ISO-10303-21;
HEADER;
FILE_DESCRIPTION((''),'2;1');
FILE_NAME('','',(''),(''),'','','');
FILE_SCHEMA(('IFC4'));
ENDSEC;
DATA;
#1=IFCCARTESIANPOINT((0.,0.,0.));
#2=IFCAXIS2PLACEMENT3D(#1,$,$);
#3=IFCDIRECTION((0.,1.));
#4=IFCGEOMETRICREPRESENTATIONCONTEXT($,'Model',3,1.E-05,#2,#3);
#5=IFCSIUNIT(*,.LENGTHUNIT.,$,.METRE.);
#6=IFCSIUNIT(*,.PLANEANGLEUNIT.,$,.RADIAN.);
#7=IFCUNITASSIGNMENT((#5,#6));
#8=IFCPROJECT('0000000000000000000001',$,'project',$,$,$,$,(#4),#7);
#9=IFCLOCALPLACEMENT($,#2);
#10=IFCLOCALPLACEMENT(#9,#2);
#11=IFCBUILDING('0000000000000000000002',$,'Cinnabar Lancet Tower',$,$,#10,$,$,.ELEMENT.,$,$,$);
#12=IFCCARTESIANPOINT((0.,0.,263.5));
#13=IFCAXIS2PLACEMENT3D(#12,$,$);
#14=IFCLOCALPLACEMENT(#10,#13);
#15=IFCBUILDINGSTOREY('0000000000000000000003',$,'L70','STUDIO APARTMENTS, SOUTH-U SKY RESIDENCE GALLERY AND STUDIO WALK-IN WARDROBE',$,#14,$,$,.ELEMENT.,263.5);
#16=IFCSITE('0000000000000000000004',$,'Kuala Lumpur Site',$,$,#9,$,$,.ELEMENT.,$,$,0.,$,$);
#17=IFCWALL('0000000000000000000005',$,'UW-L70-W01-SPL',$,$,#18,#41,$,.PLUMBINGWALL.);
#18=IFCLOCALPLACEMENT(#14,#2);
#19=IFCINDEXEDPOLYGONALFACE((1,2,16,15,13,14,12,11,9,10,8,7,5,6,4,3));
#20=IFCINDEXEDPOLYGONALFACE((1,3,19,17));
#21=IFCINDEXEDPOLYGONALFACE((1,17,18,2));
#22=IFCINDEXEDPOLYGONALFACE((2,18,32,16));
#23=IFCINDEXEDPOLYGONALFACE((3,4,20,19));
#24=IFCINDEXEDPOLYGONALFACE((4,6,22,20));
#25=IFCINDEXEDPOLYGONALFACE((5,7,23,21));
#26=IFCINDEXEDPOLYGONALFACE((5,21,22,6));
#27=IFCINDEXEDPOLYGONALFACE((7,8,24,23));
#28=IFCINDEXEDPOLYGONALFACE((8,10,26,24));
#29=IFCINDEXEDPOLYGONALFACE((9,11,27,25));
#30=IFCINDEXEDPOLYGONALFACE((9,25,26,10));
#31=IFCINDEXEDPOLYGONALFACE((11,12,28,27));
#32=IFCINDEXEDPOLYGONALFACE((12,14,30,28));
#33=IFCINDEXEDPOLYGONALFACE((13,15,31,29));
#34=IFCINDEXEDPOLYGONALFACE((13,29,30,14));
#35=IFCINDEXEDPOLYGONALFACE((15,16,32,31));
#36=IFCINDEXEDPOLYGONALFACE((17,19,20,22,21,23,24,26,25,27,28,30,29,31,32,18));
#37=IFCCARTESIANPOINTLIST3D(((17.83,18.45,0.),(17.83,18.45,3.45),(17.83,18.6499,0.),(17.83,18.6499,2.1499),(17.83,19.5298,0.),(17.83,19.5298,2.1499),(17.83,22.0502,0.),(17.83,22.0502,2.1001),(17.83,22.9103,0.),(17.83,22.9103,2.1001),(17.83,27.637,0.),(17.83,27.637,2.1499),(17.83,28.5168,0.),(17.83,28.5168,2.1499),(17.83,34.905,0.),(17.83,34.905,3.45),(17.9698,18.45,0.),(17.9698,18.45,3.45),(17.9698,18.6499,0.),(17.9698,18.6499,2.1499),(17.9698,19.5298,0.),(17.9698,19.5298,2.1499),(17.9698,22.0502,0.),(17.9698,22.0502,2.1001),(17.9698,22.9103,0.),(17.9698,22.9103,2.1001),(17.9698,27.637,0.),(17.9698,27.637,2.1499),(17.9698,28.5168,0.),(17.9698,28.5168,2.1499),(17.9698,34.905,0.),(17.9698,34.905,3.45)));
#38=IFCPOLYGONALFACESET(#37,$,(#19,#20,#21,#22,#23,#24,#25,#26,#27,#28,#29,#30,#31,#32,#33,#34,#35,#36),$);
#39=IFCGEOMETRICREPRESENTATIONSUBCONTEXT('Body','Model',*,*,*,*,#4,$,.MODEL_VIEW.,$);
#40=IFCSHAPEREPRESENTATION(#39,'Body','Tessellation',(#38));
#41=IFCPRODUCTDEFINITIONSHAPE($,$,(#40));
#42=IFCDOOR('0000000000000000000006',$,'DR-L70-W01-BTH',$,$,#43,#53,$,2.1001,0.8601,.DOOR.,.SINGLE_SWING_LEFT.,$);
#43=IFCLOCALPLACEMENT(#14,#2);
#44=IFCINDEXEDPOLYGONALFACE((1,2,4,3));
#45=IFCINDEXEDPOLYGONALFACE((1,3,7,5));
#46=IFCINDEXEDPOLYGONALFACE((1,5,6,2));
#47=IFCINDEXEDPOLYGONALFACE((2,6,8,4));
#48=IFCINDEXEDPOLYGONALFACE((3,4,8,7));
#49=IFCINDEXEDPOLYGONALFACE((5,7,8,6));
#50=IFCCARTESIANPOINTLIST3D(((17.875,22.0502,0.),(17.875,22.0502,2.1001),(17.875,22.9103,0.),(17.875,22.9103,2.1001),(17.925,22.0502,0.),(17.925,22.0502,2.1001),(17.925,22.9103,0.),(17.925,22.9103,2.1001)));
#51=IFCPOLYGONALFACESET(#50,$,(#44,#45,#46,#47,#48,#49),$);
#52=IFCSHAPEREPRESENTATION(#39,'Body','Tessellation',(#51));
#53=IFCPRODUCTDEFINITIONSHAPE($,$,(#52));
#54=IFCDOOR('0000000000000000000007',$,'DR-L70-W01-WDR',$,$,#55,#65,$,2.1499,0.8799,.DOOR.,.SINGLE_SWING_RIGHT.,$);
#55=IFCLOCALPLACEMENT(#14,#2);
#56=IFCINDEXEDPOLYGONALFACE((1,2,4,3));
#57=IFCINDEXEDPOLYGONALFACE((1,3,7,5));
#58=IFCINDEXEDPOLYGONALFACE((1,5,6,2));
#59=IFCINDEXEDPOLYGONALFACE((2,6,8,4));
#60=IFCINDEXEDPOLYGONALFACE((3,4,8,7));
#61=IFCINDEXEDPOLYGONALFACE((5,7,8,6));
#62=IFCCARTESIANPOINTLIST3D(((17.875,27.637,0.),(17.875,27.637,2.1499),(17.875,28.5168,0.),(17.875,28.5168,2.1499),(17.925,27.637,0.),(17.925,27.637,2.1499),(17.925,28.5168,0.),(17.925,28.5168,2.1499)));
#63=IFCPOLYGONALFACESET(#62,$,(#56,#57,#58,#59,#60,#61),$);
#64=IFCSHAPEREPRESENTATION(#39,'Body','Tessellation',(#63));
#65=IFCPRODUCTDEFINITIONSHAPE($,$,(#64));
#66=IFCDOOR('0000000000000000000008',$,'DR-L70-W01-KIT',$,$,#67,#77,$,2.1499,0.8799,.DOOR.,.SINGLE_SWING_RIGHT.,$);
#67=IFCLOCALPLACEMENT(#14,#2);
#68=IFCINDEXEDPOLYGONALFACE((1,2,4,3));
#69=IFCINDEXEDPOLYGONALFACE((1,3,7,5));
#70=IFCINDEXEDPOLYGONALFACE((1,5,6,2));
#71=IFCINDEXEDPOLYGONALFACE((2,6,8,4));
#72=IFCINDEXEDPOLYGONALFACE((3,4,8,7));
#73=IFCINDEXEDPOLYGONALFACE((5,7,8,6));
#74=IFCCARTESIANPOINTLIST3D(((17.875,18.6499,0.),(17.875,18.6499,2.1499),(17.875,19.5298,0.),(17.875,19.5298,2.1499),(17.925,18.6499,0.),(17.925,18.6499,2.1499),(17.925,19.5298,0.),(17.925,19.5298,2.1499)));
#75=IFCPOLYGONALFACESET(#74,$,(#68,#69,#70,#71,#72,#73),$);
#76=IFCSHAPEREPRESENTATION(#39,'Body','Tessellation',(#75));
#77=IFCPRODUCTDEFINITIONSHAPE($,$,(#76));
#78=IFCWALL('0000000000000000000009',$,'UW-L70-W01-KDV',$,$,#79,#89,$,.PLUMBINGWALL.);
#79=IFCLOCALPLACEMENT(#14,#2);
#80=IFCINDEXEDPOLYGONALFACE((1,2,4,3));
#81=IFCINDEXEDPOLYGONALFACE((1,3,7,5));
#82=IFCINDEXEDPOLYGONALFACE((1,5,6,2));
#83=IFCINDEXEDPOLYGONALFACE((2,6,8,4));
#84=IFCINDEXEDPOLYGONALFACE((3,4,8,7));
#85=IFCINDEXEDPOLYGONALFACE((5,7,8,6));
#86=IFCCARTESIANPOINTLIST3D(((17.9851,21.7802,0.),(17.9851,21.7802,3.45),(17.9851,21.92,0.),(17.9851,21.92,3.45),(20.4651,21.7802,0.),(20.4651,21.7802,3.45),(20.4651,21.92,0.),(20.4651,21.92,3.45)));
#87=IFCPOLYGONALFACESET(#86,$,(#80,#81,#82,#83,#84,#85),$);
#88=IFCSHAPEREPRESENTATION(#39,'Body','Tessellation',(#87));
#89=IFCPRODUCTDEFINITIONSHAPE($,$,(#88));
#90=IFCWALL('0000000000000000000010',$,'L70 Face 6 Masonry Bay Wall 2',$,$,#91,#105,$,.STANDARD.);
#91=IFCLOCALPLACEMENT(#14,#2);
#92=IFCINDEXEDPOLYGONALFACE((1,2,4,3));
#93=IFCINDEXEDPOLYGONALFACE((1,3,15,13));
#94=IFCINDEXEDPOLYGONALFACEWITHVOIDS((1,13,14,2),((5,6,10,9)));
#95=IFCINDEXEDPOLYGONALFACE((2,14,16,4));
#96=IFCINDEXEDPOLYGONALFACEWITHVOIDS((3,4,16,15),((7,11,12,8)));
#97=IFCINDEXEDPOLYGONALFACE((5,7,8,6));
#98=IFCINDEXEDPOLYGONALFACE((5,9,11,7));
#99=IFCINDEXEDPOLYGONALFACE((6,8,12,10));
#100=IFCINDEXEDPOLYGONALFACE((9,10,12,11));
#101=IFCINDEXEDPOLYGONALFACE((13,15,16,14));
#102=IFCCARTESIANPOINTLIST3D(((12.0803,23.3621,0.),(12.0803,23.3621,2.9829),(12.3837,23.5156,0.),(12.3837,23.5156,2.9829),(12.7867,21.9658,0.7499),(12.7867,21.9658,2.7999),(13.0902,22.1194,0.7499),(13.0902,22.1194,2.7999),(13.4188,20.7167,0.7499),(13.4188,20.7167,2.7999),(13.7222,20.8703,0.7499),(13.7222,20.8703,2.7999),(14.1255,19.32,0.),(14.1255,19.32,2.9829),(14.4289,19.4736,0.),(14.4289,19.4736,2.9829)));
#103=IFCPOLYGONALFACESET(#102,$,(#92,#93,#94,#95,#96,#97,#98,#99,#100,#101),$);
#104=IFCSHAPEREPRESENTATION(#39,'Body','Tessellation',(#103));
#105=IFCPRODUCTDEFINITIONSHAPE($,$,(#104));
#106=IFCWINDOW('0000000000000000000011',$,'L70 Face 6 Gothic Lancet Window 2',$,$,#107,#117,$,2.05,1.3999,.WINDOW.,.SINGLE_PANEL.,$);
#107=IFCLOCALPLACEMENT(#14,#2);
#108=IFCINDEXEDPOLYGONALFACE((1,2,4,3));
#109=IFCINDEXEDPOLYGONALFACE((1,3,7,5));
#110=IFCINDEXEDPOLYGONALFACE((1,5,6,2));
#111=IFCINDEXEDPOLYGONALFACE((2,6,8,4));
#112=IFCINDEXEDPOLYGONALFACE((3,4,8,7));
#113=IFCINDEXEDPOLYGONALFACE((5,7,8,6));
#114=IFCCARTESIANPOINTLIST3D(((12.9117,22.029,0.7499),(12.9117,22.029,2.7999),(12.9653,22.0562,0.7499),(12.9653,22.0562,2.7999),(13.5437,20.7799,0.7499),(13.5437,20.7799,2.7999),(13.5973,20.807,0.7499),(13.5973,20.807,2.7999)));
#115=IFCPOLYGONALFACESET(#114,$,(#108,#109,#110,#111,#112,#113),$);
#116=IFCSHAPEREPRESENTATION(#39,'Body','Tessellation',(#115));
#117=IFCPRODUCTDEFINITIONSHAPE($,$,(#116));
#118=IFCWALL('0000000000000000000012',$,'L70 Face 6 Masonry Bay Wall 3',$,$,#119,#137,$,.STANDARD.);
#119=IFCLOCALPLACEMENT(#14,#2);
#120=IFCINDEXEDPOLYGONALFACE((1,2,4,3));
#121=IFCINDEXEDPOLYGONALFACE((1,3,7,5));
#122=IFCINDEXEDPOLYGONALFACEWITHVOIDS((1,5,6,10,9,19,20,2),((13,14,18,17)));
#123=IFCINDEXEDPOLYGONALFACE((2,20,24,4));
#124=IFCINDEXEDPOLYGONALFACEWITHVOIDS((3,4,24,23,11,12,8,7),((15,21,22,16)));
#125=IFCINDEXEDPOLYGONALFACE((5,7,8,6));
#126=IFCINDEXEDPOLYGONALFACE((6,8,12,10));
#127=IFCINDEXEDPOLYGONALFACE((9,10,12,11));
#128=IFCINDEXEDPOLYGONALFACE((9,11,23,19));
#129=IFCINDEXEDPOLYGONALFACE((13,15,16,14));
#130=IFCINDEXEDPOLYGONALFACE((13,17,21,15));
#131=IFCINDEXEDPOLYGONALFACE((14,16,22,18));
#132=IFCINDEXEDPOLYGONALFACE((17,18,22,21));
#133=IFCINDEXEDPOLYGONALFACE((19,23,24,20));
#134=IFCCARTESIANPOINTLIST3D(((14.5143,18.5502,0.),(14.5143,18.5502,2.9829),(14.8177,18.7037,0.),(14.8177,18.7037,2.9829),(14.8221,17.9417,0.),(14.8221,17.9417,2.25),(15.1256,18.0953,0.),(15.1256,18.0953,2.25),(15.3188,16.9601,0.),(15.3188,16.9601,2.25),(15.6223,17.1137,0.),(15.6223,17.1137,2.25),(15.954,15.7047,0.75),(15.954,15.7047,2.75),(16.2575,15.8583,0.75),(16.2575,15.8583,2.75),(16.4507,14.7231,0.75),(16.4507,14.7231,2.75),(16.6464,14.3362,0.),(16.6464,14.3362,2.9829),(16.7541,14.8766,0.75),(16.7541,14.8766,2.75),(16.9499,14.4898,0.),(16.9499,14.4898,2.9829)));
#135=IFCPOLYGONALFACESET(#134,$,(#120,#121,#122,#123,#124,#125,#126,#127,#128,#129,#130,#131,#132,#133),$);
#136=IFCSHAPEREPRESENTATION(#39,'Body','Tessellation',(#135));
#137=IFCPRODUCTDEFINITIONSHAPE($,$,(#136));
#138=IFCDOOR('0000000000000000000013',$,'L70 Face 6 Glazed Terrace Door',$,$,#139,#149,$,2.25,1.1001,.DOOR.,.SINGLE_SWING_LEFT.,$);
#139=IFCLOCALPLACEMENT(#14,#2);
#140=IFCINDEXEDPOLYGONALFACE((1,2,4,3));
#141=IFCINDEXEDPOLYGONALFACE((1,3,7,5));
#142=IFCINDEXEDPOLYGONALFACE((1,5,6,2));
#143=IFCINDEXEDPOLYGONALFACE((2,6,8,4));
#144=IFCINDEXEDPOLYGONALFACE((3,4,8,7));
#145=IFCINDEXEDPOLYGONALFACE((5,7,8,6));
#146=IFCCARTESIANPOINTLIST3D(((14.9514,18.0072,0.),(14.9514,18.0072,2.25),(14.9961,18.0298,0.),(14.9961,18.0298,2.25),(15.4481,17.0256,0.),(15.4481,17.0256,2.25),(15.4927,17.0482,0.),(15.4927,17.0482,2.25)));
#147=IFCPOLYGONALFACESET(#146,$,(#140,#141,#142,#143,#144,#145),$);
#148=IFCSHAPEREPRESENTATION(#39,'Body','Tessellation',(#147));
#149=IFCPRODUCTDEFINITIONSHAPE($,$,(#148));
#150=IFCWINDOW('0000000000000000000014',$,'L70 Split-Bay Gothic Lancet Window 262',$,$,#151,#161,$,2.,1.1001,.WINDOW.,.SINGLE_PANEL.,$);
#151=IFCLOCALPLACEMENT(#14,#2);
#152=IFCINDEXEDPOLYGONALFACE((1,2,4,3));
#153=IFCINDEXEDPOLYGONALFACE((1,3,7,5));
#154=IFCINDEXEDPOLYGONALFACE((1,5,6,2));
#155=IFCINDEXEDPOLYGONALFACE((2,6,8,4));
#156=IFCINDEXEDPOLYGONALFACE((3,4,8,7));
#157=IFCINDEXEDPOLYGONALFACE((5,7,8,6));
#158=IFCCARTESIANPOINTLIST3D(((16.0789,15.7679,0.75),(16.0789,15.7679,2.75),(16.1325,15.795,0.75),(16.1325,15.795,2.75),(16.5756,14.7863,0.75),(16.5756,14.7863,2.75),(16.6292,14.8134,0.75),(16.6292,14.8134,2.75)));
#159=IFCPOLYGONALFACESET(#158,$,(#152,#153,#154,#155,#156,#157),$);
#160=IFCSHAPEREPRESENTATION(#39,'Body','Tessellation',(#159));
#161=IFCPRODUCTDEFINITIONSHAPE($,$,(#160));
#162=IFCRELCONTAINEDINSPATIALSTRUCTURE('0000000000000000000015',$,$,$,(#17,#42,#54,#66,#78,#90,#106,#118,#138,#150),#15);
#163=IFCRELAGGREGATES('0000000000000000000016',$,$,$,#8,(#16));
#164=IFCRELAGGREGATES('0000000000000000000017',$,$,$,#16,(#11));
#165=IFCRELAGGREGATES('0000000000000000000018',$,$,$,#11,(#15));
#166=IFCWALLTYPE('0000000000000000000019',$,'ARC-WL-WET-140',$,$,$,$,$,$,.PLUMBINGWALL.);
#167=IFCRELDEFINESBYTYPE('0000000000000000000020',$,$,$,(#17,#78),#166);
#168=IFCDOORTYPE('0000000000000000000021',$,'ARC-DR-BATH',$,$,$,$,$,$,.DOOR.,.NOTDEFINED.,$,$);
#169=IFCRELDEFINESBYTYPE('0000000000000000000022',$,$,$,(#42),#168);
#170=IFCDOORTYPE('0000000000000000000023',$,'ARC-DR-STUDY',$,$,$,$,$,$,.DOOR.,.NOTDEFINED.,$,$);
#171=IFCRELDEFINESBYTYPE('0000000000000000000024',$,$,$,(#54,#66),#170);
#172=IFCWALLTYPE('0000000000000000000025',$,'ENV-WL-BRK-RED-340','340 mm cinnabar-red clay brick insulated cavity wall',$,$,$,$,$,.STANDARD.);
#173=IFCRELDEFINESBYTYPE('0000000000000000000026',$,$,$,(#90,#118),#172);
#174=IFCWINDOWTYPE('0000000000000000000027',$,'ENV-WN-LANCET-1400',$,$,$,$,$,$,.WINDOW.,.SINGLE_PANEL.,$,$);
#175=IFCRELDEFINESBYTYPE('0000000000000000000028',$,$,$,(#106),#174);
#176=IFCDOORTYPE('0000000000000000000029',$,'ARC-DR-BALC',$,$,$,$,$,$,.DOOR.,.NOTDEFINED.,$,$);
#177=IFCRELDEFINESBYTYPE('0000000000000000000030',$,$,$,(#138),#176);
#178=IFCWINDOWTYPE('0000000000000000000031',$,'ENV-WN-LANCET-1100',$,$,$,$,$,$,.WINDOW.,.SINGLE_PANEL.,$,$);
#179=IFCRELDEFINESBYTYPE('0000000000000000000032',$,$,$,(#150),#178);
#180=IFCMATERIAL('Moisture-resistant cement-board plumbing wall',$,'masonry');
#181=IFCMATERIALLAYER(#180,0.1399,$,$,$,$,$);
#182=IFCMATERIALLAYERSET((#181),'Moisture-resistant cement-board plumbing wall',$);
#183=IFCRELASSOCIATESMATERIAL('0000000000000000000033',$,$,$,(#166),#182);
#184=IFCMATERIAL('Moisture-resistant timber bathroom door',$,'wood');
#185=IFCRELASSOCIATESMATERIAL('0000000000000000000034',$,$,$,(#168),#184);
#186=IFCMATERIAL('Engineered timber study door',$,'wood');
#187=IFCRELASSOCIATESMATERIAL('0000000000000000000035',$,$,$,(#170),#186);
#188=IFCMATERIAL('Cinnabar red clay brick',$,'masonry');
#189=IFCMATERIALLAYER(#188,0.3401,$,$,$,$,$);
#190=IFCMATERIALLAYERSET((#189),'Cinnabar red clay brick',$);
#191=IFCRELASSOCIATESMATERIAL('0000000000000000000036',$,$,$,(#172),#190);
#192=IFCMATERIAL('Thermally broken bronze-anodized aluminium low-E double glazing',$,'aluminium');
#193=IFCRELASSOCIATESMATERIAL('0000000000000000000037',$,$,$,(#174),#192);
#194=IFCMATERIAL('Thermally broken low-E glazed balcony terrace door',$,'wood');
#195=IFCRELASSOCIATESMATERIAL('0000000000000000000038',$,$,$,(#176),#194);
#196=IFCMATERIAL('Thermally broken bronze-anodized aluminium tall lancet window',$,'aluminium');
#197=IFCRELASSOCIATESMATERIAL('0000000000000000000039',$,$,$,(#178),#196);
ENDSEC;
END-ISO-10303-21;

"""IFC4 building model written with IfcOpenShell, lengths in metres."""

from ifc_helpers import new_model, si_unit, direction, frame, frame_2d, origin, place, context, subcontext, project, spatial, rectangle, extrude, material, layer, layer_set, type_object, element, fill, save


model = new_model("IFC4")

# Units and contexts
model_context = context("Model", 3, precision=1e-05, world=origin(), true_north=direction((0.0, 1.0)))
body_context = subcontext(model_context, "Body", "Model", "MODEL_VIEW")
ifc_project = project(units=[si_unit("LENGTHUNIT", "METRE"), si_unit("PLANEANGLEUNIT", "RADIAN")], contexts=[model_context])

# Site, building, storey
site_placement = place(None, origin())
site = spatial("IfcSite", under=ifc_project, at=site_placement, Name="Kuala Lumpur Site", CompositionType="ELEMENT", RefElevation=0.0)
building_placement = place(site_placement, origin())
building = spatial("IfcBuilding", under=site, at=building_placement, Name="Cinnabar Lancet Tower", CompositionType="ELEMENT")
storey_placement = place(building_placement, frame((0.0, 0.0, 263.5)))
storey = spatial("IfcBuildingStorey", under=building, at=storey_placement, Name="L70", Description="STUDIO APARTMENTS, SOUTH-U SKY RESIDENCE GALLERY AND STUDIO WALK-IN WARDROBE", CompositionType="ELEMENT", Elevation=263.5)

# Wall, openings, doors
ifc_material_1 = material(Name="Moisture-resistant cement-board plumbing wall", Category="masonry")
ifc_layer_1 = layer(ifc_material_1, 0.1399)
ifc_layer_set_1 = layer_set([ifc_layer_1], Name="Moisture-resistant cement-board plumbing wall")
wall_type_1 = type_object("IfcWallType", Name="ARC-WL-WET-140", PredefinedType="PLUMBINGWALL", material=ifc_layer_set_1)
wall_1_placement = place(storey_placement, frame((17.8999, 18.45, 0.0), z_axis=(0.0, 0.0, 1.0), x_axis=(0.0, 1.0, 0.0)))
wall_1 = element("IfcWall", 1, at=wall_1_placement, inside=storey, type_object=wall_type_1, Name="UW-L70-W01-SPL", PredefinedType="PLUMBINGWALL", context=body_context, shape_type="SweptSolid", body=[
    extrude(rectangle(XDim=16.4551, YDim=0.1399, at=frame_2d((8.2275, 0.0))), origin(), (0.0, 0.0, 1.0), 3.45),
])
opening_1_placement = place(wall_1_placement, frame((3.6001, 0.0, 0.0)))
opening_1 = element("IfcOpeningElement", 2, at=opening_1_placement, cuts=wall_1, PredefinedType="OPENING", context=body_context, shape_type="SweptSolid", body=[
    extrude(rectangle(XDim=0.8601, YDim=2.1001, at=frame_2d((0.4302, 1.05))), frame((0.0, 0.0798, 0.0), z_axis=(0.0, -1.0, 0.0), x_axis=(1.0, 0.0, 0.0)), (0.0, 0.0, 1.0), 0.1599),
])
opening_2_placement = place(wall_1_placement, frame((9.187, 0.0, 0.0)))
opening_2 = element("IfcOpeningElement", 3, at=opening_2_placement, cuts=wall_1, PredefinedType="OPENING", context=body_context, shape_type="SweptSolid", body=[
    extrude(rectangle(XDim=0.8799, YDim=2.1499, at=frame_2d((0.4399, 1.075))), frame((0.0, 0.0798, 0.0), z_axis=(0.0, -1.0, 0.0), x_axis=(1.0, 0.0, 0.0)), (0.0, 0.0, 1.0), 0.1599),
])
opening_3_placement = place(wall_1_placement, frame((0.2, 0.0, 0.0)))
opening_3 = element("IfcOpeningElement", 4, at=opening_3_placement, cuts=wall_1, PredefinedType="OPENING", context=body_context, shape_type="SweptSolid", body=[
    extrude(rectangle(XDim=0.8799, YDim=2.1499, at=frame_2d((0.4399, 1.075))), frame((0.0, 0.0798, 0.0), z_axis=(0.0, -1.0, 0.0), x_axis=(1.0, 0.0, 0.0)), (0.0, 0.0, 1.0), 0.1599),
])
ifc_material_2 = material(Name="Moisture-resistant timber bathroom door", Category="wood")
door_type_1 = type_object("IfcDoorType", Name="ARC-DR-BATH", OperationType="NOTDEFINED", PredefinedType="DOOR", material=ifc_material_2)
door_1_placement = place(opening_1_placement, origin())
door_1 = element("IfcDoor", 5, at=door_1_placement, inside=storey, type_object=door_type_1, Name="DR-L70-W01-BTH", OperationType="SINGLE_SWING_LEFT", OverallHeight=2.1001, OverallWidth=0.8601, PredefinedType="DOOR", context=body_context, shape_type="SweptSolid", body=[
    extrude(rectangle(XDim=0.8601, YDim=2.1001, at=frame_2d((0.4302, 1.05))), frame((0.0, 0.0249, 0.0), z_axis=(0.0, -1.0, 0.0), x_axis=(1.0, 0.0, 0.0)), (0.0, 0.0, 1.0), 0.05),
])
fill(opening_1, door_1)
ifc_material_3 = material(Name="Engineered timber study door", Category="wood")
door_type_2 = type_object("IfcDoorType", Name="ARC-DR-STUDY", OperationType="NOTDEFINED", PredefinedType="DOOR", material=ifc_material_3)
door_2_placement = place(opening_2_placement, origin())
door_2 = element("IfcDoor", 6, at=door_2_placement, inside=storey, type_object=door_type_2, Name="DR-L70-W01-WDR", OperationType="SINGLE_SWING_RIGHT", OverallHeight=2.1499, OverallWidth=0.8799, PredefinedType="DOOR", context=body_context, shape_type="SweptSolid", body=[
    extrude(rectangle(XDim=0.8799, YDim=2.1499, at=frame_2d((0.4399, 1.075))), frame((0.0, 0.0249, 0.0), z_axis=(0.0, -1.0, 0.0), x_axis=(1.0, 0.0, 0.0)), (0.0, 0.0, 1.0), 0.05),
])
fill(opening_2, door_2)
door_3_placement = place(opening_3_placement, origin())
door_3 = element("IfcDoor", 7, at=door_3_placement, inside=storey, type_object=door_type_2, Name="DR-L70-W01-KIT", OperationType="SINGLE_SWING_RIGHT", OverallHeight=2.1499, OverallWidth=0.8799, PredefinedType="DOOR", context=body_context, shape_type="SweptSolid", body=[
    extrude(rectangle(XDim=0.8799, YDim=2.1499, at=frame_2d((0.4399, 1.075))), frame((0.0, 0.0249, 0.0), z_axis=(0.0, -1.0, 0.0), x_axis=(1.0, 0.0, 0.0)), (0.0, 0.0, 1.0), 0.05),
])
fill(opening_3, door_3)

# Wall
wall_2_placement = place(storey_placement, frame((17.9851, 21.8501, 0.0), z_axis=(0.0, 0.0, 1.0), x_axis=(1.0, 0.0, 0.0)))
element("IfcWall", 8, at=wall_2_placement, inside=storey, type_object=wall_type_1, Name="UW-L70-W01-KDV", PredefinedType="PLUMBINGWALL", context=body_context, shape_type="SweptSolid", body=[
    extrude(rectangle(XDim=2.48, YDim=0.1399, at=frame_2d((1.24, 0.0))), origin(), (0.0, 0.0, 1.0), 3.45),
])

# Wall, opening, window
ifc_material_4 = material(Name="Cinnabar red clay brick", Category="masonry")
ifc_layer_2 = layer(ifc_material_4, 0.3401)
ifc_layer_set_2 = layer_set([ifc_layer_2], Name="Cinnabar red clay brick")
wall_type_2 = type_object("IfcWallType", Name="ENV-WL-BRK-RED-340", Description="340 mm cinnabar-red clay brick insulated cavity wall", PredefinedType="STANDARD", material=ifc_layer_set_2)
wall_3_placement = place(storey_placement, frame((12.2319, 23.439, 0.0), z_axis=(0.0, 0.0, 1.0), x_axis=(0.451477, -0.892283, 0.0)))
wall_3 = element("IfcWall", 9, at=wall_3_placement, inside=storey, type_object=wall_type_2, Name="L70 Face 6 Masonry Bay Wall 2", PredefinedType="STANDARD", context=body_context, shape_type="SweptSolid", body=[
    extrude(rectangle(XDim=4.53, YDim=0.3401, at=frame_2d((2.2651, 0.0))), origin(), (0.0, 0.0, 1.0), 2.9829),
])
opening_4_placement = place(wall_3_placement, frame((1.5649, 0.0, 0.75)))
opening_4 = element("IfcOpeningElement", 10, at=opening_4_placement, cuts=wall_3, PredefinedType="OPENING", context=body_context, shape_type="SweptSolid", body=[
    extrude(rectangle(XDim=1.3999, YDim=2.05, at=frame_2d((0.7, 1.0249))), frame((0.0, 0.1799, 0.0), z_axis=(0.0, -1.0, 0.0), x_axis=(1.0, 0.0, 0.0)), (0.0, 0.0, 1.0), 0.3601),
])
ifc_material_5 = material(Name="Thermally broken bronze-anodized aluminium low-E double glazing", Category="aluminium")
window_type_1 = type_object("IfcWindowType", Name="ENV-WN-LANCET-1400", PartitioningType="SINGLE_PANEL", PredefinedType="WINDOW", material=ifc_material_5)
window_1_placement = place(opening_4_placement, origin())
window_1 = element("IfcWindow", 11, at=window_1_placement, inside=storey, type_object=window_type_1, Name="L70 Face 6 Gothic Lancet Window 2", OverallHeight=2.05, OverallWidth=1.3999, PartitioningType="SINGLE_PANEL", PredefinedType="WINDOW", context=body_context, shape_type="SweptSolid", body=[
    extrude(rectangle(XDim=1.3999, YDim=2.05, at=frame_2d((0.7, 1.0249))), frame((0.0, 0.03, 0.0), z_axis=(0.0, -1.0, 0.0), x_axis=(1.0, 0.0, 0.0)), (0.0, 0.0, 1.0), 0.0601),
])
fill(opening_4, window_1)

# Wall, openings, door, window
wall_4_placement = place(storey_placement, frame((14.666, 18.627, 0.0), z_axis=(0.0, 0.0, 1.0), x_axis=(0.451468, -0.892287, 0.0)))
wall_4 = element("IfcWall", 12, at=wall_4_placement, inside=storey, type_object=wall_type_2, Name="L70 Face 6 Masonry Bay Wall 3", PredefinedType="STANDARD", context=body_context, shape_type="SweptSolid", body=[
    extrude(rectangle(XDim=4.7227, YDim=0.3401, at=frame_2d((2.3613, 0.0))), origin(), (0.0, 0.0, 1.0), 2.9829),
])
opening_5_placement = place(wall_4_placement, frame((0.6819, 0.0, 0.0)))
opening_5 = element("IfcOpeningElement", 13, at=opening_5_placement, cuts=wall_4, PredefinedType="OPENING", context=body_context, shape_type="SweptSolid", body=[
    extrude(rectangle(XDim=1.1001, YDim=2.25, at=frame_2d((0.55, 1.125))), frame((0.0, 0.1799, 0.0), z_axis=(0.0, -1.0, 0.0), x_axis=(1.0, 0.0, 0.0)), (0.0, 0.0, 1.0), 0.3601),
])
opening_6_placement = place(wall_4_placement, frame((3.189, 0.0, 0.75)))
opening_6 = element("IfcOpeningElement", 14, at=opening_6_placement, cuts=wall_4, PredefinedType="OPENING", context=body_context, shape_type="SweptSolid", body=[
    extrude(rectangle(XDim=1.1001, YDim=2.0, at=frame_2d((0.55, 1.0))), frame((0.0, 0.1799, 0.0), z_axis=(0.0, -1.0, 0.0), x_axis=(1.0, 0.0, 0.0)), (0.0, 0.0, 1.0), 0.3601),
])
ifc_material_6 = material(Name="Thermally broken low-E glazed balcony terrace door", Category="wood")
door_type_3 = type_object("IfcDoorType", Name="ARC-DR-BALC", OperationType="NOTDEFINED", PredefinedType="DOOR", material=ifc_material_6)
door_4_placement = place(opening_5_placement, origin())
door_4 = element("IfcDoor", 15, at=door_4_placement, inside=storey, type_object=door_type_3, Name="L70 Face 6 Glazed Terrace Door", OperationType="SINGLE_SWING_LEFT", OverallHeight=2.25, OverallWidth=1.1001, PredefinedType="DOOR", context=body_context, shape_type="SweptSolid", body=[
    extrude(rectangle(XDim=1.1001, YDim=2.25, at=frame_2d((0.55, 1.125))), frame((0.0, 0.0249, 0.0), z_axis=(0.0, -1.0, 0.0), x_axis=(1.0, 0.0, 0.0)), (0.0, 0.0, 1.0), 0.05),
])
fill(opening_5, door_4)
ifc_material_7 = material(Name="Thermally broken bronze-anodized aluminium tall lancet window", Category="aluminium")
window_type_2 = type_object("IfcWindowType", Name="ENV-WN-LANCET-1100", PartitioningType="SINGLE_PANEL", PredefinedType="WINDOW", material=ifc_material_7)
window_2_placement = place(opening_6_placement, origin())
window_2 = element("IfcWindow", 16, at=window_2_placement, inside=storey, type_object=window_type_2, Name="L70 Split-Bay Gothic Lancet Window 262", OverallHeight=2.0, OverallWidth=1.1001, PartitioningType="SINGLE_PANEL", PredefinedType="WINDOW", context=body_context, shape_type="SweptSolid", body=[
    extrude(rectangle(XDim=1.1001, YDim=2.0, at=frame_2d((0.55, 1.0))), frame((0.0, 0.03, 0.0), z_axis=(0.0, -1.0, 0.0), x_axis=(1.0, 0.0, 0.0)), (0.0, 0.0, 1.0), 0.0601),
])
fill(opening_6, window_2)

save(model, "model.ifc")
